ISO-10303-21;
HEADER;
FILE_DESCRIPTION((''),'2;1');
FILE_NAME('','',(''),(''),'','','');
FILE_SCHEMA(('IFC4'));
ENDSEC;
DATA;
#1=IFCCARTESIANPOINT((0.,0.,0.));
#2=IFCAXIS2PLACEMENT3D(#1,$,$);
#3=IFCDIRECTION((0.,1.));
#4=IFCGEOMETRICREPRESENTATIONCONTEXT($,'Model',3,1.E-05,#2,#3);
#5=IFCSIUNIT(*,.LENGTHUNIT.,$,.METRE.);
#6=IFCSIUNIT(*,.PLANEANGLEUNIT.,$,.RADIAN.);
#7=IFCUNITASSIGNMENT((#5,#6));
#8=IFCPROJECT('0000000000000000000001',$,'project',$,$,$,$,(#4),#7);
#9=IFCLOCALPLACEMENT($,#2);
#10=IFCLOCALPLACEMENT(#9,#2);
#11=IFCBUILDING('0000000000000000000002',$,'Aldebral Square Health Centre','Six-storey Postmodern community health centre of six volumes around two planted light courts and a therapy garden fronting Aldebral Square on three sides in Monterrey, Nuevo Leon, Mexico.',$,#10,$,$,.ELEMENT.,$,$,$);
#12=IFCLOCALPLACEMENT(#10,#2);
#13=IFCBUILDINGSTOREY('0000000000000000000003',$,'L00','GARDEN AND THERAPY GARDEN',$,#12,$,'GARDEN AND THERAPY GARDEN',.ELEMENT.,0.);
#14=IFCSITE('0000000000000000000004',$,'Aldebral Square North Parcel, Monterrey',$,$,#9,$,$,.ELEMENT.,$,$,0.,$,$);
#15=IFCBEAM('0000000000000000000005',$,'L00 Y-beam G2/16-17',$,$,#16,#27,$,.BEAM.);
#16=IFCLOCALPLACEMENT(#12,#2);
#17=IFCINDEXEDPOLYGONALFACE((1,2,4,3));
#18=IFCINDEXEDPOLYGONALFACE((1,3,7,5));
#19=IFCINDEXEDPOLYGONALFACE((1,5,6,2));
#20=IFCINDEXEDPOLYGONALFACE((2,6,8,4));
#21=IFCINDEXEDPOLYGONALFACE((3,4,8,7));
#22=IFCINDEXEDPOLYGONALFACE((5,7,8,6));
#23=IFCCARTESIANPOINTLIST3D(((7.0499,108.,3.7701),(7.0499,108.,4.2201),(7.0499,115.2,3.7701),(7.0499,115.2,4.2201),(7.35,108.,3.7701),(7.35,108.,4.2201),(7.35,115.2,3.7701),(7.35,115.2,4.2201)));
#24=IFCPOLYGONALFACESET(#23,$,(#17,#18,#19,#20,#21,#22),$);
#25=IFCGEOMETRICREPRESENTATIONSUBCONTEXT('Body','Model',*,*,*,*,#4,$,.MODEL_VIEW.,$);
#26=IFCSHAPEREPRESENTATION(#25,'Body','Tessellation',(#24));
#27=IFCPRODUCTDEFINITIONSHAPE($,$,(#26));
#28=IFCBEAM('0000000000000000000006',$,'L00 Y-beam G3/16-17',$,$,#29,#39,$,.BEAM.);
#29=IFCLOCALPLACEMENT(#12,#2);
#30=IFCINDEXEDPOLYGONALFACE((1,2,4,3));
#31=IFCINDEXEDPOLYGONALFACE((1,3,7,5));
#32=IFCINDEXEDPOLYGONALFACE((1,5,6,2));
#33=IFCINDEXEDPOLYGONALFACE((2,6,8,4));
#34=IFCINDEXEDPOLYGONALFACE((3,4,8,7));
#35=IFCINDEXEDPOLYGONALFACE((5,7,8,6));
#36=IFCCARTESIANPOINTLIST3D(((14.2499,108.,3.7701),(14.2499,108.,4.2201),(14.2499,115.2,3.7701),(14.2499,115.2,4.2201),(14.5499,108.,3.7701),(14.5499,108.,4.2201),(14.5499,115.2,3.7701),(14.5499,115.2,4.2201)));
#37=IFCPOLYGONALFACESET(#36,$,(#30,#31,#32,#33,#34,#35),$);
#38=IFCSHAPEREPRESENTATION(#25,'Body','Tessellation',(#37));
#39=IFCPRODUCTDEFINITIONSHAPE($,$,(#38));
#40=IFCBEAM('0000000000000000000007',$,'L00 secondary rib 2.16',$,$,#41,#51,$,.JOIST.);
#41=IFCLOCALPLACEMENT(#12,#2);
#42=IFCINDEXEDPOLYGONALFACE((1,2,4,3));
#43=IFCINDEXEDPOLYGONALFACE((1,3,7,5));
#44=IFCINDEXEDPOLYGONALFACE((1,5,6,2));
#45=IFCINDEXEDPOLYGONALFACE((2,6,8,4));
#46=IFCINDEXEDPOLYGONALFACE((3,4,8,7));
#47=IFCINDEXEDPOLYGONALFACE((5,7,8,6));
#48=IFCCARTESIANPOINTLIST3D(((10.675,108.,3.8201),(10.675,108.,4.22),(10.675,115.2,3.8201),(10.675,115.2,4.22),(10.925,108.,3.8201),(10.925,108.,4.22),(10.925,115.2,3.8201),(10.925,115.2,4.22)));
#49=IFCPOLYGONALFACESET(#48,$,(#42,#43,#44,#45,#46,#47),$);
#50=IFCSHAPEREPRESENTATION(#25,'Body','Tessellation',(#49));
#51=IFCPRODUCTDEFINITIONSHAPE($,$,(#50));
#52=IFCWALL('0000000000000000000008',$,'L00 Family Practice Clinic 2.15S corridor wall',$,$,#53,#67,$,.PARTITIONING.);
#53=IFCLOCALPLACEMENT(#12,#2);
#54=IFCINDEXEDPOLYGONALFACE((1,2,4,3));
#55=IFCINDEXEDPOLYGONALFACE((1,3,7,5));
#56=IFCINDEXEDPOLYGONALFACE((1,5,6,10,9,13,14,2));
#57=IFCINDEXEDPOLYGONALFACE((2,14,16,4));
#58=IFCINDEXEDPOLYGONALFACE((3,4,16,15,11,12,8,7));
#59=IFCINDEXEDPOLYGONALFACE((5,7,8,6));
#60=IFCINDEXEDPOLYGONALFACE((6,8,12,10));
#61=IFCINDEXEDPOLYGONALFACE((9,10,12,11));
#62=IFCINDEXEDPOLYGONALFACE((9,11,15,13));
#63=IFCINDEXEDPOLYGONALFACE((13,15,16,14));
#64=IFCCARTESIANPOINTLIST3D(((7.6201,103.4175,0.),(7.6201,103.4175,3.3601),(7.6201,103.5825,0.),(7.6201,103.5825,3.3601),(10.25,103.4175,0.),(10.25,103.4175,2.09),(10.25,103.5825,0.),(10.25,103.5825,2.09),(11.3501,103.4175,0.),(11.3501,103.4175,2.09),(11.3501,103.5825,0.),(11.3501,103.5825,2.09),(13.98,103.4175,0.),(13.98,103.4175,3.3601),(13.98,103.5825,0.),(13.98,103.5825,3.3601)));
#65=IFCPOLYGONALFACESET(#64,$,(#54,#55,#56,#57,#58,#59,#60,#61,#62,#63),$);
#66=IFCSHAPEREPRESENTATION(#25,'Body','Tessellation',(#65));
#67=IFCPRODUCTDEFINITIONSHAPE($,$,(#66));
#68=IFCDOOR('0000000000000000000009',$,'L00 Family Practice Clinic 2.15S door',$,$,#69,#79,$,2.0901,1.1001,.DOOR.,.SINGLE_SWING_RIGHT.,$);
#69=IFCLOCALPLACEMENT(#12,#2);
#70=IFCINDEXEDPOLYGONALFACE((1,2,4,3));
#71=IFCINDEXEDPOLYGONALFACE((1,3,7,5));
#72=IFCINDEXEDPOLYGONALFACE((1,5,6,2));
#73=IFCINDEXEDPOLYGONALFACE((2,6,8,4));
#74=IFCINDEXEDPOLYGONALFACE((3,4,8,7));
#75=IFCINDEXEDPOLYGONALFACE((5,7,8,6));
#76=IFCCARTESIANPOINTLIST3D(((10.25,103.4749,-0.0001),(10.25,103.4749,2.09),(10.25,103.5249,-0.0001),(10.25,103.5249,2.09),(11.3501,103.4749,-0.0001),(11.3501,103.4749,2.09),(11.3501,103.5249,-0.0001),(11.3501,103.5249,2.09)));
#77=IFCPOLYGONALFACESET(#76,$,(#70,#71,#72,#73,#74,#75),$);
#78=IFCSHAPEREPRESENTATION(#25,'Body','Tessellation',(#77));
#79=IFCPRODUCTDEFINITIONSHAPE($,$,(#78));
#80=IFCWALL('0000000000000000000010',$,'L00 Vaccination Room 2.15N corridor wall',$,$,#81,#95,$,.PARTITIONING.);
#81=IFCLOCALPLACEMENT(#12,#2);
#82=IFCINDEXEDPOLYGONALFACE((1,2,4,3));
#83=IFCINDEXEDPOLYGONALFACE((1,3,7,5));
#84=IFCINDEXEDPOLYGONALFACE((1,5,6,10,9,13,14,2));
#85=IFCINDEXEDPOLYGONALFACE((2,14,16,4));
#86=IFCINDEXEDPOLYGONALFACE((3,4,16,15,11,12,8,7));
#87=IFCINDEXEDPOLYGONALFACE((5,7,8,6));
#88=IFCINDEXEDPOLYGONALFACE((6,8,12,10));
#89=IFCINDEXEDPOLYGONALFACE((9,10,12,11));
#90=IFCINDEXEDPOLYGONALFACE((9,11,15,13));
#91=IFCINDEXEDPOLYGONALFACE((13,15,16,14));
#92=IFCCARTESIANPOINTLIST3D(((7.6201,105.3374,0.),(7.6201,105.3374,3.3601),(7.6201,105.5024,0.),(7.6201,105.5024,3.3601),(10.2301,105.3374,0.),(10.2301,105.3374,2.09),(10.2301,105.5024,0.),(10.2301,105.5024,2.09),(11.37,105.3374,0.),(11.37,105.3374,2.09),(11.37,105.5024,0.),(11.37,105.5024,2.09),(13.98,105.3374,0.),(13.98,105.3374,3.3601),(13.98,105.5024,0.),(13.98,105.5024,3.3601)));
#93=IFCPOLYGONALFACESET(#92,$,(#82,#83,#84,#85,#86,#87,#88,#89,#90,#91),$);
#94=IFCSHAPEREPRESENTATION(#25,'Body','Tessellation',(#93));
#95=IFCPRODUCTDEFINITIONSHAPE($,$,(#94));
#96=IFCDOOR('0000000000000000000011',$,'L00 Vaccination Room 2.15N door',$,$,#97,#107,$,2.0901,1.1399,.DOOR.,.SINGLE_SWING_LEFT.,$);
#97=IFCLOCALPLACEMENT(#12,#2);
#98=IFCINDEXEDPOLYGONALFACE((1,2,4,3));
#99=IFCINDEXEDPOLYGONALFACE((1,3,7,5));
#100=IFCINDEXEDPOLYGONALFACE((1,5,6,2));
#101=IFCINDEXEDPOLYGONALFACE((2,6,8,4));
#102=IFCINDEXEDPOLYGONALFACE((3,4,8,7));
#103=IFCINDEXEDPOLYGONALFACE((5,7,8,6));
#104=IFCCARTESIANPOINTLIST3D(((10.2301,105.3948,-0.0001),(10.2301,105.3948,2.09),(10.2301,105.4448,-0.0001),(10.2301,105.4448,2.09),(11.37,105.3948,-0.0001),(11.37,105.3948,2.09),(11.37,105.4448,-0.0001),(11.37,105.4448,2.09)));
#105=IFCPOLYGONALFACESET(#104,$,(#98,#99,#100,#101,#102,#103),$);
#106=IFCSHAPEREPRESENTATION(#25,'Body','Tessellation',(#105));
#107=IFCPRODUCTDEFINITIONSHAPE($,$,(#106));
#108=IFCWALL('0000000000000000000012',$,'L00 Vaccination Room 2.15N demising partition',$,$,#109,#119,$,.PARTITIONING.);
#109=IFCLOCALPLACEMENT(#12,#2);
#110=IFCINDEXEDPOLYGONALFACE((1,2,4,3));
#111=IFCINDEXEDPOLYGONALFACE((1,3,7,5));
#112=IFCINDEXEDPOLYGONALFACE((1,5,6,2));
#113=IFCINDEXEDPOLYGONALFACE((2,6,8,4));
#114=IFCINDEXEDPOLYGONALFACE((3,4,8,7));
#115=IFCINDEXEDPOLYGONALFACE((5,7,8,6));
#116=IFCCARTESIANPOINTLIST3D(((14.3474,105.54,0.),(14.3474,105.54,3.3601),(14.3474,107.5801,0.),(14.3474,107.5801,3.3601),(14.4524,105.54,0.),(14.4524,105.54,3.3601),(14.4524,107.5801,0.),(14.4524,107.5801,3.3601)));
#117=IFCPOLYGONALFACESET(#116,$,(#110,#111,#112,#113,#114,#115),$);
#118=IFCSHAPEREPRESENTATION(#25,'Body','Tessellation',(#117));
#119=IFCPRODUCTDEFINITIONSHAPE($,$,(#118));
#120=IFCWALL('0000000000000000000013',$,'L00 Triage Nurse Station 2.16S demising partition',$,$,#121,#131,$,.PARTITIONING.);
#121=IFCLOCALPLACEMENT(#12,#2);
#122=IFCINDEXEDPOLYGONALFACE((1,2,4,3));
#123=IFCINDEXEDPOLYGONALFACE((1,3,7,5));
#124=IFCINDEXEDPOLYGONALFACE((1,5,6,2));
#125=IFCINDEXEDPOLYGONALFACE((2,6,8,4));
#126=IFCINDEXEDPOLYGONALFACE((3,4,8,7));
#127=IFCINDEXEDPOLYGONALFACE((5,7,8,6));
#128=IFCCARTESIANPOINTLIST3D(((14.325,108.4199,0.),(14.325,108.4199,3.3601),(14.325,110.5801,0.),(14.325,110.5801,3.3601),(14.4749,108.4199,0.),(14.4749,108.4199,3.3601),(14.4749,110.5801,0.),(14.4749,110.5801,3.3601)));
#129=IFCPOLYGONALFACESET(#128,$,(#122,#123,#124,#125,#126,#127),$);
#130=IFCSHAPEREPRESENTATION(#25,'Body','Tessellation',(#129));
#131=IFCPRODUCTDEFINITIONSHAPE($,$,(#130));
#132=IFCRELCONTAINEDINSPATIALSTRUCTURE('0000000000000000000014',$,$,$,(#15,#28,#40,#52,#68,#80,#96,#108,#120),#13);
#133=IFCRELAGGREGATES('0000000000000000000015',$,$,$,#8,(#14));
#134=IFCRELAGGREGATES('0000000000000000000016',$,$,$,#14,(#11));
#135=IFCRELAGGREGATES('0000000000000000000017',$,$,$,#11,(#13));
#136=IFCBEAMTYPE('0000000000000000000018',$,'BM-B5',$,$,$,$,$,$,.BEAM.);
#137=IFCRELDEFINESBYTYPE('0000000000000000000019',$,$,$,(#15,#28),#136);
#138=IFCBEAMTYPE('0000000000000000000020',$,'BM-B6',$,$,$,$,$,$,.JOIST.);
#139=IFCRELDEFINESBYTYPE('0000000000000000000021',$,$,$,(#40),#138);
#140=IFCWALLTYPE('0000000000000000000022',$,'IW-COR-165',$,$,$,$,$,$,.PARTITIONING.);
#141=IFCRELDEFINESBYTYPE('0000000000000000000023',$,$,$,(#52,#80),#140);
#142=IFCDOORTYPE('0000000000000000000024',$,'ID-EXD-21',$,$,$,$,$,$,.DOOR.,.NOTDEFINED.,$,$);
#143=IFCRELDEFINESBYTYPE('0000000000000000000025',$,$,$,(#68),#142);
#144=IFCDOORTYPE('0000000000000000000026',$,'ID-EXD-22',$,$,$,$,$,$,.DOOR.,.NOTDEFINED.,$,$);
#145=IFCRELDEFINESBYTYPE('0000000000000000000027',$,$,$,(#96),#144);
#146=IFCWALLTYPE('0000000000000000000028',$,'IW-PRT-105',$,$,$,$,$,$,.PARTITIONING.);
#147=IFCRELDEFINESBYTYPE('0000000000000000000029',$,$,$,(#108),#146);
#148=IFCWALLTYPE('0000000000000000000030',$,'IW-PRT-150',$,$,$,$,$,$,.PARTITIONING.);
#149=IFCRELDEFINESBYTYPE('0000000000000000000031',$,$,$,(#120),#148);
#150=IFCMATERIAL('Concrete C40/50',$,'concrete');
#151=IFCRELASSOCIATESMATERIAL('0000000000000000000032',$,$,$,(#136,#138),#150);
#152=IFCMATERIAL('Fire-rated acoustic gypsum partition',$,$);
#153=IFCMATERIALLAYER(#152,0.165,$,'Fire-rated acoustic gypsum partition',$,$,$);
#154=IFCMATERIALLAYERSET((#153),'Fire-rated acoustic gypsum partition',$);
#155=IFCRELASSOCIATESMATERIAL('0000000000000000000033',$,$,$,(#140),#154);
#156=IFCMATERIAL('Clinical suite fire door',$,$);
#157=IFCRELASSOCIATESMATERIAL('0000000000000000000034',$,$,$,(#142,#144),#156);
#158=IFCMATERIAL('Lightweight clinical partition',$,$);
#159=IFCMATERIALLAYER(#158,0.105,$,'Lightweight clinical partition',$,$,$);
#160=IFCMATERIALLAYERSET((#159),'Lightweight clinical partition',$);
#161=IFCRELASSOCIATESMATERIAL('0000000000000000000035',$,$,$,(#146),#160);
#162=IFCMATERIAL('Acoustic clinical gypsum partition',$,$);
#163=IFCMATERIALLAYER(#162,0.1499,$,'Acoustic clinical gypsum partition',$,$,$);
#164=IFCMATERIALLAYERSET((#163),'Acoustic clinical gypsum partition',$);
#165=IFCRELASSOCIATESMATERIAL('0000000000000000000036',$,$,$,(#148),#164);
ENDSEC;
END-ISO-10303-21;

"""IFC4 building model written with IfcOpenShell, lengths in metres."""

from ifc_helpers import new_model, si_unit, direction, frame, frame_2d, origin, origin_2d, place, context, subcontext, project, spatial, rectangle, extrude, material, layer, layer_set, material_profile, profile_set, type_object, element, fill, save


model = new_model("IFC4")

# Units and contexts
model_context = context("Model", 3, precision=1e-05, world=origin(), true_north=direction((0.0, 1.0)))
body_context = subcontext(model_context, "Body", "Model", "MODEL_VIEW")
ifc_project = project(units=[si_unit("LENGTHUNIT", "METRE"), si_unit("PLANEANGLEUNIT", "RADIAN")], contexts=[model_context])

# Site, building, storey
site_placement = place(None, origin())
site = spatial("IfcSite", under=ifc_project, at=site_placement, Name="Aldebral Square North Parcel, Monterrey", CompositionType="ELEMENT", RefElevation=0.0)
building_placement = place(site_placement, origin())
building = spatial("IfcBuilding", under=site, at=building_placement, Name="Aldebral Square Health Centre", Description="Six-storey Postmodern community health centre of six volumes around two planted light courts and a therapy garden fronting Aldebral Square on three sides in Monterrey, Nuevo Leon, Mexico.", CompositionType="ELEMENT")
storey_placement = place(building_placement, origin())
storey = spatial("IfcBuildingStorey", under=building, at=storey_placement, Name="L00", Description="GARDEN AND THERAPY GARDEN", LongName="GARDEN AND THERAPY GARDEN", CompositionType="ELEMENT", Elevation=0.0)

# Shared definitions
ifc_material_1 = material(Name="Concrete C40/50", Category="concrete")

# Beams
ifc_material_profile_1 = material_profile(ifc_material_1, rectangle(XDim=0.3, YDim=0.45, at=origin_2d()), Name="RC 300x450")
ifc_profile_set_1 = profile_set([ifc_material_profile_1], Name="Concrete C40/50")
beam_type_1 = type_object("IfcBeamType", Name="BM-B5", PredefinedType="BEAM", material=ifc_profile_set_1)
for number, where, z_axis, x_axis, name in (
    (1, (7.2, 108.0, 3.9951), (0.0, 1.0, 0.0), (-1.0, 0.0, 0.0), "L00 Y-beam G2/16-17"),
    (2, (14.3999, 108.0, 3.9951), (0.0, 1.0, 0.0), (-1.0, 0.0, 0.0), "L00 Y-beam G3/16-17"),
):
    element("IfcBeam", number, at=place(storey_placement, frame(where, z_axis=z_axis, x_axis=x_axis)), inside=storey, type_object=beam_type_1, Name=name, PredefinedType="BEAM", context=body_context, shape_type="SweptSolid", body=[
        extrude(rectangle(XDim=0.3, YDim=0.45, at=origin_2d()), origin(), (0.0, 0.0, 1.0), 7.2),
    ])
ifc_material_profile_2 = material_profile(ifc_material_1, rectangle(XDim=0.25, YDim=0.3999, at=origin_2d()), Name="RC 250x400")
ifc_profile_set_2 = profile_set([ifc_material_profile_2], Name="Concrete C40/50")
beam_type_2 = type_object("IfcBeamType", Name="BM-B6", PredefinedType="JOIST", material=ifc_profile_set_2)
beam_1_placement = place(storey_placement, frame((10.8, 108.0, 4.02), z_axis=(0.0, 1.0, 0.0), x_axis=(-1.0, 0.0, 0.0)))
element("IfcBeam", 3, at=beam_1_placement, inside=storey, type_object=beam_type_2, Name="L00 secondary rib 2.16", PredefinedType="JOIST", context=body_context, shape_type="SweptSolid", body=[
    extrude(rectangle(XDim=0.25, YDim=0.3999, at=origin_2d()), origin(), (0.0, 0.0, 1.0), 7.2),
])

# Walls, openings, doors
ifc_material_2 = material(Name="Fire-rated acoustic gypsum partition")
ifc_layer_1 = layer(ifc_material_2, 0.165, Name="Fire-rated acoustic gypsum partition")
ifc_layer_set_1 = layer_set([ifc_layer_1], Name="Fire-rated acoustic gypsum partition")
wall_type_1 = type_object("IfcWallType", Name="IW-COR-165", PredefinedType="PARTITIONING", material=ifc_layer_set_1)
wall_1_placement = place(storey_placement, frame((7.6201, 103.5, 0.0), z_axis=(0.0, 0.0, 1.0), x_axis=(1.0, 0.0, 0.0)))
wall_1 = element("IfcWall", 4, at=wall_1_placement, inside=storey, type_object=wall_type_1, Name="L00 Family Practice Clinic 2.15S corridor wall", PredefinedType="PARTITIONING", context=body_context, shape_type="SweptSolid", body=[
    extrude(rectangle(XDim=6.3599, YDim=0.165, at=frame_2d((3.1799, 0.0))), origin(), (0.0, 0.0, 1.0), 3.3601),
])
opening_1_placement = place(wall_1_placement, frame((2.6299, 0.0, 0.0)))
opening_1 = element("IfcOpeningElement", 5, at=opening_1_placement, cuts=wall_1, PredefinedType="OPENING", context=body_context, shape_type="SweptSolid", body=[
    extrude(rectangle(XDim=1.1001, YDim=2.0901, at=frame_2d((0.55, 1.0449))), frame((0.0, 0.0925, 0.0), z_axis=(0.0, -1.0, 0.0), x_axis=(1.0, 0.0, 0.0)), (0.0, 0.0, 1.0), 0.1851),
])
ifc_material_3 = material(Name="Clinical suite fire door")
door_type_1 = type_object("IfcDoorType", Name="ID-EXD-21", OperationType="NOTDEFINED", PredefinedType="DOOR", material=ifc_material_3)
door_1_placement = place(opening_1_placement, origin())
door_1 = element("IfcDoor", 6, at=door_1_placement, inside=storey, type_object=door_type_1, Name="L00 Family Practice Clinic 2.15S door", OperationType="SINGLE_SWING_RIGHT", OverallHeight=2.0901, OverallWidth=1.1001, PredefinedType="DOOR", context=body_context, shape_type="SweptSolid", body=[
    extrude(rectangle(XDim=1.1001, YDim=2.0901, at=frame_2d((0.55, 1.0449))), frame((0.0, 0.0249, 0.0), z_axis=(0.0, -1.0, 0.0), x_axis=(1.0, 0.0, 0.0)), (0.0, 0.0, 1.0), 0.05),
])
fill(opening_1, door_1)
wall_2_placement = place(storey_placement, frame((7.6201, 105.4199, 0.0), z_axis=(0.0, 0.0, 1.0), x_axis=(1.0, 0.0, 0.0)))
wall_2 = element("IfcWall", 7, at=wall_2_placement, inside=storey, type_object=wall_type_1, Name="L00 Vaccination Room 2.15N corridor wall", PredefinedType="PARTITIONING", context=body_context, shape_type="SweptSolid", body=[
    extrude(rectangle(XDim=6.3599, YDim=0.165, at=frame_2d((3.1799, 0.0))), origin(), (0.0, 0.0, 1.0), 3.3601),
])
opening_2_placement = place(wall_2_placement, frame((2.6101, 0.0, 0.0)))
opening_2 = element("IfcOpeningElement", 8, at=opening_2_placement, cuts=wall_2, PredefinedType="OPENING", context=body_context, shape_type="SweptSolid", body=[
    extrude(rectangle(XDim=1.1399, YDim=2.0901, at=frame_2d((0.5698, 1.0449))), frame((0.0, 0.0925, 0.0), z_axis=(0.0, -1.0, 0.0), x_axis=(1.0, 0.0, 0.0)), (0.0, 0.0, 1.0), 0.1851),
])
door_type_2 = type_object("IfcDoorType", Name="ID-EXD-22", OperationType="NOTDEFINED", PredefinedType="DOOR", material=ifc_material_3)
door_2_placement = place(opening_2_placement, origin())
door_2 = element("IfcDoor", 9, at=door_2_placement, inside=storey, type_object=door_type_2, Name="L00 Vaccination Room 2.15N door", OperationType="SINGLE_SWING_LEFT", OverallHeight=2.0901, OverallWidth=1.1399, PredefinedType="DOOR", context=body_context, shape_type="SweptSolid", body=[
    extrude(rectangle(XDim=1.1399, YDim=2.0901, at=frame_2d((0.5698, 1.0449))), frame((0.0, 0.0249, 0.0), z_axis=(0.0, -1.0, 0.0), x_axis=(1.0, 0.0, 0.0)), (0.0, 0.0, 1.0), 0.05),
])
fill(opening_2, door_2)

# Walls
ifc_material_4 = material(Name="Lightweight clinical partition")
ifc_layer_2 = layer(ifc_material_4, 0.105, Name="Lightweight clinical partition")
ifc_layer_set_2 = layer_set([ifc_layer_2], Name="Lightweight clinical partition")
wall_type_2 = type_object("IfcWallType", Name="IW-PRT-105", PredefinedType="PARTITIONING", material=ifc_layer_set_2)
wall_3_placement = place(storey_placement, frame((14.3999, 105.54, 0.0), z_axis=(0.0, 0.0, 1.0), x_axis=(0.0, 1.0, 0.0)))
element("IfcWall", 10, at=wall_3_placement, inside=storey, type_object=wall_type_2, Name="L00 Vaccination Room 2.15N demising partition", PredefinedType="PARTITIONING", context=body_context, shape_type="SweptSolid", body=[
    extrude(rectangle(XDim=2.04, YDim=0.105, at=frame_2d((1.02, 0.0))), origin(), (0.0, 0.0, 1.0), 3.3601),
])
ifc_material_5 = material(Name="Acoustic clinical gypsum partition")
ifc_layer_3 = layer(ifc_material_5, 0.1499, Name="Acoustic clinical gypsum partition")
ifc_layer_set_3 = layer_set([ifc_layer_3], Name="Acoustic clinical gypsum partition")
wall_type_3 = type_object("IfcWallType", Name="IW-PRT-150", PredefinedType="PARTITIONING", material=ifc_layer_set_3)
wall_4_placement = place(storey_placement, frame((14.3999, 108.4199, 0.0), z_axis=(0.0, 0.0, 1.0), x_axis=(0.0, 1.0, 0.0)))
element("IfcWall", 11, at=wall_4_placement, inside=storey, type_object=wall_type_3, Name="L00 Triage Nurse Station 2.16S demising partition", PredefinedType="PARTITIONING", context=body_context, shape_type="SweptSolid", body=[
    extrude(rectangle(XDim=2.1602, YDim=0.1499, at=frame_2d((1.0801, 0.0))), origin(), (0.0, 0.0, 1.0), 3.3601),
])

save(model, "model.ifc")
